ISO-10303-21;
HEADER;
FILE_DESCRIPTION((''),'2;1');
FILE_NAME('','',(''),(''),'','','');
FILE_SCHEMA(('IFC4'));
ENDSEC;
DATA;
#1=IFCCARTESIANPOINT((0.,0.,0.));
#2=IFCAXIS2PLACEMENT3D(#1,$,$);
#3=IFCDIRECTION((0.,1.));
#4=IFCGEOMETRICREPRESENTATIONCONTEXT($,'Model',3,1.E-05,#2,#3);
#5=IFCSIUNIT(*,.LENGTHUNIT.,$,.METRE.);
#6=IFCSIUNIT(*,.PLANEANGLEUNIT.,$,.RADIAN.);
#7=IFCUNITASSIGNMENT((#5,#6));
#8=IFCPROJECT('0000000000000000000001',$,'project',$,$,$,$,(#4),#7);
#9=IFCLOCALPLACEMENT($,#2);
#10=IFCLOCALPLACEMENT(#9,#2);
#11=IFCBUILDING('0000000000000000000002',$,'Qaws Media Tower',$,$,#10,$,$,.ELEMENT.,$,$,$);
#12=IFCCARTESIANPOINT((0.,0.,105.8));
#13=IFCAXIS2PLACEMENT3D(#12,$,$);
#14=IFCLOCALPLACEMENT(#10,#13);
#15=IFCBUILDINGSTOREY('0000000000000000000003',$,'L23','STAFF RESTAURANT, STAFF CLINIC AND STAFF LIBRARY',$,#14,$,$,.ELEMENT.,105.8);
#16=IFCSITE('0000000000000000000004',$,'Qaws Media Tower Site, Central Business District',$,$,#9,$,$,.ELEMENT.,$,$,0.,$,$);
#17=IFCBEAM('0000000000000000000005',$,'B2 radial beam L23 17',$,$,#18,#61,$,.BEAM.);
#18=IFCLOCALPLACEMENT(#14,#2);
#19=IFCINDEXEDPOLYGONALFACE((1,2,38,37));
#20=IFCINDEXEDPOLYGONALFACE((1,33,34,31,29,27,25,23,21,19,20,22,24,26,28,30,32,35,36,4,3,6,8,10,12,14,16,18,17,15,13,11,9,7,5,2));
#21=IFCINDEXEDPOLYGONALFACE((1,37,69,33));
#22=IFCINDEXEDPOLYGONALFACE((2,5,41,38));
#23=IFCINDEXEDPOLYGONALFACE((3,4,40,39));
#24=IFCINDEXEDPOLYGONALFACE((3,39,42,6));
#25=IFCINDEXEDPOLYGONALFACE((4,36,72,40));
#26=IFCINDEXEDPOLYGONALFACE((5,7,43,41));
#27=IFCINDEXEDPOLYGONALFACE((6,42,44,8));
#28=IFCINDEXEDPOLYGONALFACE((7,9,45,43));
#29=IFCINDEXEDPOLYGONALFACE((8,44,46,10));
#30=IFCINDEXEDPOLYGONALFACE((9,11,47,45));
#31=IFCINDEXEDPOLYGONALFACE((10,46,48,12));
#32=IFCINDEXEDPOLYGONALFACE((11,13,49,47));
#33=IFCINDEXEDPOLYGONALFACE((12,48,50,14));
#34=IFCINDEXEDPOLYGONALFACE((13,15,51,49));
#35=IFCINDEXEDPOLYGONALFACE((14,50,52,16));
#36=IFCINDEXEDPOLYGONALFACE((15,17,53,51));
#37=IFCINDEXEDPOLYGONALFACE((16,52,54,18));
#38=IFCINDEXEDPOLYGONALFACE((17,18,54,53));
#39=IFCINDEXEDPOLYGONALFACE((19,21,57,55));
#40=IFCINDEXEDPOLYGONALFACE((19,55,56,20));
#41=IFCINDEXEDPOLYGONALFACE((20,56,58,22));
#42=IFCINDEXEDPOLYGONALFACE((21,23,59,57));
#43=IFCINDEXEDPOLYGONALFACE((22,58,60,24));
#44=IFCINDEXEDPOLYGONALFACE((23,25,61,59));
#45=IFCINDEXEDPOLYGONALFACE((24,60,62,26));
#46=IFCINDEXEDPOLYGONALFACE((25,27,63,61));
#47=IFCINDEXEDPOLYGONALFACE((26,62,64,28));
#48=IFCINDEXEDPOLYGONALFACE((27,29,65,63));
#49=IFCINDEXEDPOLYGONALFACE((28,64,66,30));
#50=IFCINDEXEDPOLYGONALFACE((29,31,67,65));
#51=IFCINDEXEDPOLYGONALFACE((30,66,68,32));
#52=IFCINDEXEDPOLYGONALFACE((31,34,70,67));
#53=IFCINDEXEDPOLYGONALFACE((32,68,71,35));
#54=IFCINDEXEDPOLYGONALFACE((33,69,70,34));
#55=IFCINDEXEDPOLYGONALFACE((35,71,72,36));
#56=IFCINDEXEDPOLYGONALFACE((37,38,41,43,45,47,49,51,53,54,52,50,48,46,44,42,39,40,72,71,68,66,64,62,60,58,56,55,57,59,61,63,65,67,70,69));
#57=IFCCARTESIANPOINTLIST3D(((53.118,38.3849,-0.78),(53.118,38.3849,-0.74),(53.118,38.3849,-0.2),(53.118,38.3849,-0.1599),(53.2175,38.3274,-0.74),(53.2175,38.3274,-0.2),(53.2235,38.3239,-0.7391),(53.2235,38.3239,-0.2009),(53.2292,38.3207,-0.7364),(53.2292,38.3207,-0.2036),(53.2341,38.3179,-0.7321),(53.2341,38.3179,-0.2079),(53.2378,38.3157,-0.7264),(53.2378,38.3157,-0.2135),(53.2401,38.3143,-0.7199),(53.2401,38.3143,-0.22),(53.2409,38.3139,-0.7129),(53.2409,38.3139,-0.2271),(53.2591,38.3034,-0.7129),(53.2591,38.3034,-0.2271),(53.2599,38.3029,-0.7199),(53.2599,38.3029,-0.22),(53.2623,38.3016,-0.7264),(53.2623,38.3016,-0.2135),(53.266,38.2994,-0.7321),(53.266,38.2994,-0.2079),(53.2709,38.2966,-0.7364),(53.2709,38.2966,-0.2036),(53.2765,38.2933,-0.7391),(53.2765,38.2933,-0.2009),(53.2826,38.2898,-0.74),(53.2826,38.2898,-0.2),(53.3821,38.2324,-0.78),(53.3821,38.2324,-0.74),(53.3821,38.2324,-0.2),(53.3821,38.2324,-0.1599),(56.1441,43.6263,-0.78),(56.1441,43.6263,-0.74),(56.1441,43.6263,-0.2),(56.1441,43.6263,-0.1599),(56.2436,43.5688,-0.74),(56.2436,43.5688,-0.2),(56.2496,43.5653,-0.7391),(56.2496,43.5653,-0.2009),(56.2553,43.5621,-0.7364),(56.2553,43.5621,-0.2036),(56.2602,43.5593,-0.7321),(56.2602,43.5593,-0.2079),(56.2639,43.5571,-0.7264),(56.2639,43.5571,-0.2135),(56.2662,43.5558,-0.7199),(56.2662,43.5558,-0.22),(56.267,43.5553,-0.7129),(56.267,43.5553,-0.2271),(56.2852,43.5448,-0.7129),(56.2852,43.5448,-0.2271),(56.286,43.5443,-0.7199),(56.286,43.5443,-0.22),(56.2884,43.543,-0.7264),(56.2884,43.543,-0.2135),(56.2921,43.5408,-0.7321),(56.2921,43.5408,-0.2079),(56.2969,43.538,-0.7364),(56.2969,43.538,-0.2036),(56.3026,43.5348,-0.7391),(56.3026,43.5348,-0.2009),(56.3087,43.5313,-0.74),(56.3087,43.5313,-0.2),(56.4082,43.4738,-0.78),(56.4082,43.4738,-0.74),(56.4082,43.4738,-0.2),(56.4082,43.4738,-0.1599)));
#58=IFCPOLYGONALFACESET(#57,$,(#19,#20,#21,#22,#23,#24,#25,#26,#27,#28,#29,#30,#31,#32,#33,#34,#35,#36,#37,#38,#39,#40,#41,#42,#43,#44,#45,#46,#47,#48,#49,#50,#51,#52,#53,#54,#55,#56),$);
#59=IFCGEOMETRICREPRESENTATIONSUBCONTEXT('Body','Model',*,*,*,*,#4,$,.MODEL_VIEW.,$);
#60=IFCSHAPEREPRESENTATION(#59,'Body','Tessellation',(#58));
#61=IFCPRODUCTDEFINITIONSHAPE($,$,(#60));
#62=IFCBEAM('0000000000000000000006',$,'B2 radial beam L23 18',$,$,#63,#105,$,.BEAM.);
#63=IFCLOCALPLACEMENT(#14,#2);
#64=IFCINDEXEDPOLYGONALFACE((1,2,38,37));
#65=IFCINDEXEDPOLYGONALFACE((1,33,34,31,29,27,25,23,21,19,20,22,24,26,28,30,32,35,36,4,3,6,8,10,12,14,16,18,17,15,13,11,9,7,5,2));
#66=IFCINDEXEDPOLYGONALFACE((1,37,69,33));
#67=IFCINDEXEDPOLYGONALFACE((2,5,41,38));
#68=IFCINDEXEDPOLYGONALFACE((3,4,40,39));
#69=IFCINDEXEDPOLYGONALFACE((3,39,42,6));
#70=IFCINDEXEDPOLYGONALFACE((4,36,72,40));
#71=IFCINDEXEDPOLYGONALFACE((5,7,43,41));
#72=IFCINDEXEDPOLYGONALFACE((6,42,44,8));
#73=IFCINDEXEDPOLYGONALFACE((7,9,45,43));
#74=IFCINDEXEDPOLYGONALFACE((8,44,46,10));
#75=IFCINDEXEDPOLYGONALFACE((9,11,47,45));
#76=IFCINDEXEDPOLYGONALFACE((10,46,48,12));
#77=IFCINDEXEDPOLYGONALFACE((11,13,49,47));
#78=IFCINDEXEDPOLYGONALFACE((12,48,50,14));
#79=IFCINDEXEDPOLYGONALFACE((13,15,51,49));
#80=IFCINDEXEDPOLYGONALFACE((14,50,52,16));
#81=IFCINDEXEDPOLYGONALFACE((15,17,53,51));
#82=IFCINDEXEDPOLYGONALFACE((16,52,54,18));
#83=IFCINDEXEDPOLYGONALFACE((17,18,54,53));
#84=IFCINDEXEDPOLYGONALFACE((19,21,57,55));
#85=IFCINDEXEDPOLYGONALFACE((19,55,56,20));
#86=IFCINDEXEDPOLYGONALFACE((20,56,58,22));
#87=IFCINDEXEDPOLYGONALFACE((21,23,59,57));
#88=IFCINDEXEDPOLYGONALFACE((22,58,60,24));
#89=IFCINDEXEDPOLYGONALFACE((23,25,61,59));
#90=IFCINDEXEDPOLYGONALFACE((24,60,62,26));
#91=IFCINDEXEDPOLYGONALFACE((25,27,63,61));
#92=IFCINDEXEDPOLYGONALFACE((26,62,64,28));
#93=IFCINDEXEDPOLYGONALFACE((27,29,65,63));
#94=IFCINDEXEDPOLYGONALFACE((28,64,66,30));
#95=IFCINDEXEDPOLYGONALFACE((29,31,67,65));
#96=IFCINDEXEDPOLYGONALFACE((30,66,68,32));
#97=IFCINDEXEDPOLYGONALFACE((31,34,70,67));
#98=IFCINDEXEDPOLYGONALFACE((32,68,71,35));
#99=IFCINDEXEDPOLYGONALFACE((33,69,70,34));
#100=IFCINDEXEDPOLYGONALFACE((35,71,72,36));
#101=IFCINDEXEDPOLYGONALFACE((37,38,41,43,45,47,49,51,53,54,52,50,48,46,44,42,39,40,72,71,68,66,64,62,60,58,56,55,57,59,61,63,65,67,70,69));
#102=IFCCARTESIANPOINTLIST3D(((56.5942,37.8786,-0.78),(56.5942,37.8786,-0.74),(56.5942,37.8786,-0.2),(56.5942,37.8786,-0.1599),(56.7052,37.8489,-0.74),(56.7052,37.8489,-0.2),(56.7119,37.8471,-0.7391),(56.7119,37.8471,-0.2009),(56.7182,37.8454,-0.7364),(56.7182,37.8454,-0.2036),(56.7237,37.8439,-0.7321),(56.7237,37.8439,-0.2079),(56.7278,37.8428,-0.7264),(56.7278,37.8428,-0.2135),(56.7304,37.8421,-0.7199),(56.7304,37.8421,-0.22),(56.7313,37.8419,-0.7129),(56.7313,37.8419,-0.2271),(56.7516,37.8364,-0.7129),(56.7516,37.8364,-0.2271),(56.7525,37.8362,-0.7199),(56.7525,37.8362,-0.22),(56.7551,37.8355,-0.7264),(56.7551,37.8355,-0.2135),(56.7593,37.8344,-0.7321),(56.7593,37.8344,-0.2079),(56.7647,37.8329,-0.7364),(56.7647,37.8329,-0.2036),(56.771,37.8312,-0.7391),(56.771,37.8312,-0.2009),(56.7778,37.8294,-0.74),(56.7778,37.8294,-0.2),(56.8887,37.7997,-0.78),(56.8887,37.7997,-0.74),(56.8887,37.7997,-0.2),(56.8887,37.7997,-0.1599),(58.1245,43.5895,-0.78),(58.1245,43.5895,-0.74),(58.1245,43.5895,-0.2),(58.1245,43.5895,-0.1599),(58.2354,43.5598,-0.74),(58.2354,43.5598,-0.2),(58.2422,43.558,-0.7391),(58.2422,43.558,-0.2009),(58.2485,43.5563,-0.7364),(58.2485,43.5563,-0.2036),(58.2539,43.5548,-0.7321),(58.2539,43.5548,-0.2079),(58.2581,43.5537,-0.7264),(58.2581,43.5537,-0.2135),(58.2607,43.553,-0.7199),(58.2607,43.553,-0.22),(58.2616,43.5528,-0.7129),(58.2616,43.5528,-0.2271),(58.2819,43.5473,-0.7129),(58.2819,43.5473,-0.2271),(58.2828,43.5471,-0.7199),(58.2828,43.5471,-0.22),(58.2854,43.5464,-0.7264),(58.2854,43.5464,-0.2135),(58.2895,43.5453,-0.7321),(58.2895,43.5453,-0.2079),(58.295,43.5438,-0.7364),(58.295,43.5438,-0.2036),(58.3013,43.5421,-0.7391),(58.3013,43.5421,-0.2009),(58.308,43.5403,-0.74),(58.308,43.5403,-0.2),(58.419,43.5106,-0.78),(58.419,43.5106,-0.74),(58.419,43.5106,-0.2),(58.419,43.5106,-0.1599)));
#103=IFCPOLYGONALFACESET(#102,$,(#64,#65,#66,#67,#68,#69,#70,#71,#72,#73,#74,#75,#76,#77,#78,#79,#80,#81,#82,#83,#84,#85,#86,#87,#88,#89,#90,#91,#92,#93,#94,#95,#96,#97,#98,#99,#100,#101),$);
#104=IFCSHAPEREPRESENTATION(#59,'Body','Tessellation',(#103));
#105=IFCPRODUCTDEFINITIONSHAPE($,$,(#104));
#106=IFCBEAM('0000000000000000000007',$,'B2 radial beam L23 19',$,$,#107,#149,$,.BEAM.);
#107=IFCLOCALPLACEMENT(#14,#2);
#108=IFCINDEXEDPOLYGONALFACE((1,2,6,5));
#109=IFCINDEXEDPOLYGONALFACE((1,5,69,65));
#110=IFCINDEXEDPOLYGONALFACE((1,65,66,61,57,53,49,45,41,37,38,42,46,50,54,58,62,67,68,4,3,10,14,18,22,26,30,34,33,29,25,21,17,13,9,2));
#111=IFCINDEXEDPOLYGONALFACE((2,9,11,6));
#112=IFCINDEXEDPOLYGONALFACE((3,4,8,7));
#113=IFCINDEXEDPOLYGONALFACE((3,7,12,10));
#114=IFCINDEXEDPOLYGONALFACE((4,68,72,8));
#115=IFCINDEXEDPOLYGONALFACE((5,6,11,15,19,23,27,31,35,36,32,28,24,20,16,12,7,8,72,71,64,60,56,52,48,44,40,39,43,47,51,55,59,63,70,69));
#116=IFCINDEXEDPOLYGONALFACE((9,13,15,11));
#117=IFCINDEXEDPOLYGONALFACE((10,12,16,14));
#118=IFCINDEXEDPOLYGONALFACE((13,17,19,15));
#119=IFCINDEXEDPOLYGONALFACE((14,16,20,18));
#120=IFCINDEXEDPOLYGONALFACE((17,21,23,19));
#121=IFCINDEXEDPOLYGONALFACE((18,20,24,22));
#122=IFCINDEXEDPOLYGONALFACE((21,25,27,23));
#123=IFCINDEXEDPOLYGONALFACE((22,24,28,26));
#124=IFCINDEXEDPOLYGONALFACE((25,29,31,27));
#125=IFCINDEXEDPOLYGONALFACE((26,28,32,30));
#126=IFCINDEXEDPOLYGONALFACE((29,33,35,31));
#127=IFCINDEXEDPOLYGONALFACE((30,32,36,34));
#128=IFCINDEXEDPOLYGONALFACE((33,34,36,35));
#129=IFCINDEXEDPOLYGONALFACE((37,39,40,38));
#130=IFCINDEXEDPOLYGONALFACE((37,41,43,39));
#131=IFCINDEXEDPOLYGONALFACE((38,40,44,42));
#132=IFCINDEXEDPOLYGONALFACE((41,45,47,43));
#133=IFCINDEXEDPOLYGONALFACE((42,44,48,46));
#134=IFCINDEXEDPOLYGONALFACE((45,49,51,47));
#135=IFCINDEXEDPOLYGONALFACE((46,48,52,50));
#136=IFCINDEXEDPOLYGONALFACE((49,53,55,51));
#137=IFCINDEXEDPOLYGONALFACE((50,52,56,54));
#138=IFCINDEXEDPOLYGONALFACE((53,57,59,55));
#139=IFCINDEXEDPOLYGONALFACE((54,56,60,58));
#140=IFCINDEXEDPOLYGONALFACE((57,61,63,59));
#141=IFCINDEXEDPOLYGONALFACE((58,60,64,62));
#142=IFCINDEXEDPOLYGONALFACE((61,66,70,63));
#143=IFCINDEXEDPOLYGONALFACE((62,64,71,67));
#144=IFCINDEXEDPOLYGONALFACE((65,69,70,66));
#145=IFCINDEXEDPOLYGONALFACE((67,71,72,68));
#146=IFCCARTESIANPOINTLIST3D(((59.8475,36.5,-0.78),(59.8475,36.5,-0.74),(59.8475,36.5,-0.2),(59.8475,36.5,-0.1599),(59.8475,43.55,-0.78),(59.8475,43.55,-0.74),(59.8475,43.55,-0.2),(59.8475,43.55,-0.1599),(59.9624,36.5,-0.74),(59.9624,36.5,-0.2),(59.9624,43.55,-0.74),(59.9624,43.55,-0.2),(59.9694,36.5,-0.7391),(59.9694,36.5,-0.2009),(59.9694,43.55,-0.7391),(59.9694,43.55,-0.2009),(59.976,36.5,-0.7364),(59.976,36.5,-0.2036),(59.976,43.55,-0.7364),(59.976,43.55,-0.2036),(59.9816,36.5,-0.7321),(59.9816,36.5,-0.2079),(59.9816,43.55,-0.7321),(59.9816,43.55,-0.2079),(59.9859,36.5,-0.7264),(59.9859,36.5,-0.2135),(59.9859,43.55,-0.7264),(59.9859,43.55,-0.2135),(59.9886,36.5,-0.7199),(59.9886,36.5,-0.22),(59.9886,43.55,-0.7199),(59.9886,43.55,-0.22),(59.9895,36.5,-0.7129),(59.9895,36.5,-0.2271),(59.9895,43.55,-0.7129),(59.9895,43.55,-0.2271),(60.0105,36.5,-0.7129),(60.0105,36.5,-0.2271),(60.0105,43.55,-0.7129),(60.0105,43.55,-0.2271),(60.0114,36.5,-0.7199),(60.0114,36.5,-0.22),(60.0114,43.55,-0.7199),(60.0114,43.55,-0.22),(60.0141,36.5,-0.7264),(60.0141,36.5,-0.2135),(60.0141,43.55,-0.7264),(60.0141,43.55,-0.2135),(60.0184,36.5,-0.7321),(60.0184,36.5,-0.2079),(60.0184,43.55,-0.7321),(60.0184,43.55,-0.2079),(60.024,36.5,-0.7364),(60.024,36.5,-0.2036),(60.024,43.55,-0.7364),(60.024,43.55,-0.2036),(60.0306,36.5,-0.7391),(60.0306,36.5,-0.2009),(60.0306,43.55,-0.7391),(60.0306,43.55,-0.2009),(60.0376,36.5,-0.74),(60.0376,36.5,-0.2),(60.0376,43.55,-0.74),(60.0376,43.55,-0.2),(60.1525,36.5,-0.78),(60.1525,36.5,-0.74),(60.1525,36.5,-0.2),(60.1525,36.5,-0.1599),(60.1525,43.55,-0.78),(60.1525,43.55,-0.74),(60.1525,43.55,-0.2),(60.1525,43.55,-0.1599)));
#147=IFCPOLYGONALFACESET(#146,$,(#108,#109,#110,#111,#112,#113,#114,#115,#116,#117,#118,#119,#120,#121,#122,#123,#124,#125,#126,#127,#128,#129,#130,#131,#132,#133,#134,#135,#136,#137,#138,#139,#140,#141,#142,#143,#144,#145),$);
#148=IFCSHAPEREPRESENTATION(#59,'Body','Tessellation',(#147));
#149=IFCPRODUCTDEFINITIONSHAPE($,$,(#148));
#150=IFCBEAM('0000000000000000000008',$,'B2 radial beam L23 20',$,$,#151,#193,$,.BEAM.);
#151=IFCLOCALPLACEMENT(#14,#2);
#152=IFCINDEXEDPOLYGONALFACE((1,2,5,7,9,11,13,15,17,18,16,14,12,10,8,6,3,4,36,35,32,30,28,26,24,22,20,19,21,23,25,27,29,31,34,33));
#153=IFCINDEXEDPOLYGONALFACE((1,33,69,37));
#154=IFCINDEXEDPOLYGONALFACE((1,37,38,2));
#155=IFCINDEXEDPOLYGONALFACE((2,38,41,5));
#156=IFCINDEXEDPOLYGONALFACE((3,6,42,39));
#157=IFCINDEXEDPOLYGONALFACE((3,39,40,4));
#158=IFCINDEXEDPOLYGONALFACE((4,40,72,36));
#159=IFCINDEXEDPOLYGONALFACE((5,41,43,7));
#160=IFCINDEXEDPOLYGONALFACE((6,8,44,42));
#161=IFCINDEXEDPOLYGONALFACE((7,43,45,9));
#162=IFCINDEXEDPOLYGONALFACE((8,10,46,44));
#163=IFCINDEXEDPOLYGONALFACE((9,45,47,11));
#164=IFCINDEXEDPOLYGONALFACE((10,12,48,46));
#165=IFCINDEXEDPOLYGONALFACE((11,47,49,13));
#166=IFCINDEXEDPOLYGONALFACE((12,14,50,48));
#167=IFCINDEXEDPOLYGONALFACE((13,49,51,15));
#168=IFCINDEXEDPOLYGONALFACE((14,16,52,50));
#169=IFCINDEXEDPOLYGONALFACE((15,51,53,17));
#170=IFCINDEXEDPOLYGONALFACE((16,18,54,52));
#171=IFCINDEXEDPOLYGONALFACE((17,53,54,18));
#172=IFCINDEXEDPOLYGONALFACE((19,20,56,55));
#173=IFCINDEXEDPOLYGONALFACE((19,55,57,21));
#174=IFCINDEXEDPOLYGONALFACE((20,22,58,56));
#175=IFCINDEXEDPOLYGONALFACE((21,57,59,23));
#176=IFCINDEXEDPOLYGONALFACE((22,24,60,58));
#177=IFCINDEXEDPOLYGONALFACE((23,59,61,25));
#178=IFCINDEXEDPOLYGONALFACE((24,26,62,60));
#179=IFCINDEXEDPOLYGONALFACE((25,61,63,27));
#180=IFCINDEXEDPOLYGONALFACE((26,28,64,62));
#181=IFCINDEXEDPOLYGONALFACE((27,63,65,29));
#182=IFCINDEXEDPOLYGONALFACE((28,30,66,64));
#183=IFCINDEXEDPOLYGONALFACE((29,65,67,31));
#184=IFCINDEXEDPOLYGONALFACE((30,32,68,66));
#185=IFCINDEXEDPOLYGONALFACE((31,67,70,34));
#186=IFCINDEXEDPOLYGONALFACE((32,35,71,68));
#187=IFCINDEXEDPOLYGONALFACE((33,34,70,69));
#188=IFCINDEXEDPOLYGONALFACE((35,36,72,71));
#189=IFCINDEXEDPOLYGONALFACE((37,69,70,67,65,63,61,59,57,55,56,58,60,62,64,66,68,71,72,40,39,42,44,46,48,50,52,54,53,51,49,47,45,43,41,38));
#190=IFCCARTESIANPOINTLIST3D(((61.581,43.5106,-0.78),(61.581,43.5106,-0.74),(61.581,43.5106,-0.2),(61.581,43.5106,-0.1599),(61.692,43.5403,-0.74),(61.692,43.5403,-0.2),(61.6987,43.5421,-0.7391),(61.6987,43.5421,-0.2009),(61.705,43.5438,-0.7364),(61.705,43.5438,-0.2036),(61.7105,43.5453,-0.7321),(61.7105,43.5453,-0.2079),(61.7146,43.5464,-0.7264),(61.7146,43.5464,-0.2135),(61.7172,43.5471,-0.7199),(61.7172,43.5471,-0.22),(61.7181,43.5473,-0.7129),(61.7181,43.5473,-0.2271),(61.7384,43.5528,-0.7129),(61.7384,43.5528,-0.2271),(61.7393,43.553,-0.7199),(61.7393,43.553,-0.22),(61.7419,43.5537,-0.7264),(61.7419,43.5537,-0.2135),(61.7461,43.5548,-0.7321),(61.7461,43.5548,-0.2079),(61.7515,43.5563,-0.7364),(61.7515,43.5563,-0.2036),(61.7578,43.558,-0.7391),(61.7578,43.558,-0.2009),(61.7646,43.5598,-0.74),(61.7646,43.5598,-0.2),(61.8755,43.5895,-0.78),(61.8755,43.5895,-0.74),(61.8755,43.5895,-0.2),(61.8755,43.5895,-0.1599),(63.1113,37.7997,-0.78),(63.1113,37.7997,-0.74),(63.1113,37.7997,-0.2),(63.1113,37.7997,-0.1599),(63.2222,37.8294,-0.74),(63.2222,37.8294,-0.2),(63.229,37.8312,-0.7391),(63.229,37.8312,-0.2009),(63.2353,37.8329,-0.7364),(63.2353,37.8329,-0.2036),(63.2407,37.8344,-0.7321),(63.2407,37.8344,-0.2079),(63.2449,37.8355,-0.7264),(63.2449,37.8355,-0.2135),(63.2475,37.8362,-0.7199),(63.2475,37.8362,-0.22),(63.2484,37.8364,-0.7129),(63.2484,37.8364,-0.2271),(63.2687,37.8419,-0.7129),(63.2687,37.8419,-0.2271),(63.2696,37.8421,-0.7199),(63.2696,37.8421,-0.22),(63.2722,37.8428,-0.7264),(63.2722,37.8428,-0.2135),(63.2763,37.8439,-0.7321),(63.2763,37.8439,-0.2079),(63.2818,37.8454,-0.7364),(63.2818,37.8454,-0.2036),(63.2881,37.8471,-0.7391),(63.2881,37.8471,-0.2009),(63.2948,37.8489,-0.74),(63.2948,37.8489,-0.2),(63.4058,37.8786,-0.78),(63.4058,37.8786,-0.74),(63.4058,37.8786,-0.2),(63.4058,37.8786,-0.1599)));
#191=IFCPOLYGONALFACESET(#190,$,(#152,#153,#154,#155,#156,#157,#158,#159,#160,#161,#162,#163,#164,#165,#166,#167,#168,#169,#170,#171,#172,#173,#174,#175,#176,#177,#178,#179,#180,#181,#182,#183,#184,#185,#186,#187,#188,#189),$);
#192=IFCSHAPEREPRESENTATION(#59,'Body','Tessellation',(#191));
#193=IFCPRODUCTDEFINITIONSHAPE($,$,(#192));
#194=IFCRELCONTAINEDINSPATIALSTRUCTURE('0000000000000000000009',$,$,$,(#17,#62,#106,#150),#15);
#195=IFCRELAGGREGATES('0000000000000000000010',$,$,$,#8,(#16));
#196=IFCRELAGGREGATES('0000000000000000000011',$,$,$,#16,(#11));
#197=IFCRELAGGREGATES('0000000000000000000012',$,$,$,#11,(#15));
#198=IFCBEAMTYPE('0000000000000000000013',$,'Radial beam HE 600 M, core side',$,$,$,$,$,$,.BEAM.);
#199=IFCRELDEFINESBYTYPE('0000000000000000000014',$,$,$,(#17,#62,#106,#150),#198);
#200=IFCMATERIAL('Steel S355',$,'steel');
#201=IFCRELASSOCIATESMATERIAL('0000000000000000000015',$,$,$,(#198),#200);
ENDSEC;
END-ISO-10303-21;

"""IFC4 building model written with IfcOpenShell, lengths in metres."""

from ifc_helpers import new_model, si_unit, direction, frame, origin, origin_2d, place, context, subcontext, project, spatial, i_section, extrude, material, material_profile, profile_set, type_object, element, save


model = new_model("IFC4")

# Units and contexts
model_context = context("Model", 3, precision=1e-05, world=origin(), true_north=direction((0.0, 1.0)))
body_context = subcontext(model_context, "Body", "Model", "MODEL_VIEW")
ifc_project = project(units=[si_unit("LENGTHUNIT", "METRE"), si_unit("PLANEANGLEUNIT", "RADIAN")], contexts=[model_context])

# Site, building, storey
site_placement = place(None, origin())
site = spatial("IfcSite", under=ifc_project, at=site_placement, Name="Qaws Media Tower Site, Central Business District", CompositionType="ELEMENT", RefElevation=0.0)
building_placement = place(site_placement, origin())
building = spatial("IfcBuilding", under=site, at=building_placement, Name="Qaws Media Tower", CompositionType="ELEMENT")
storey_placement = place(building_placement, frame((0.0, 0.0, 105.8)))
storey = spatial("IfcBuildingStorey", under=building, at=storey_placement, Name="L23", Description="STAFF RESTAURANT, STAFF CLINIC AND STAFF LIBRARY", CompositionType="ELEMENT", Elevation=105.8)

# Beams
ifc_material_1 = material(Name="Steel S355", Category="steel")
ifc_material_profile_1 = material_profile(ifc_material_1, i_section(OverallWidth=0.3049, OverallDepth=0.6201, WebThickness=0.021, FlangeThickness=0.04, FilletRadius=0.0271, at=origin_2d()), Name="HE 600 M")
ifc_profile_set_1 = profile_set([ifc_material_profile_1], Name="Steel S355")
beam_type_1 = type_object("IfcBeamType", Name="Radial beam HE 600 M, core side", PredefinedType="BEAM", material=ifc_profile_set_1)
beam_1_placement = place(storey_placement, frame((56.2761, 43.55, -0.47), z_axis=(-0.499996, -0.866028, 0.0), x_axis=(0.866028, -0.499996, 0.0)))
element("IfcBeam", 1, at=beam_1_placement, inside=storey, type_object=beam_type_1, Name="B2 radial beam L23 17", PredefinedType="BEAM", context=body_context, shape_type="SweptSolid", body=[
    extrude(i_section(OverallWidth=0.3049, OverallDepth=0.6201, WebThickness=0.021, FlangeThickness=0.04, FilletRadius=0.0271, at=origin_2d()), origin(), (0.0, 0.0, 1.0), 6.0522),
])
beam_2_placement = place(storey_placement, frame((58.2717, 43.55, -0.47), z_axis=(-0.258824, -0.965924, 0.0), x_axis=(0.965924, -0.258824, 0.0)))
element("IfcBeam", 2, at=beam_2_placement, inside=storey, type_object=beam_type_1, Name="B2 radial beam L23 18", PredefinedType="BEAM", context=body_context, shape_type="SweptSolid", body=[
    extrude(i_section(OverallWidth=0.3049, OverallDepth=0.6201, WebThickness=0.021, FlangeThickness=0.04, FilletRadius=0.0271, at=origin_2d()), origin(), (0.0, 0.0, 1.0), 5.9124),
])
beam_3_placement = place(storey_placement, frame((60.0, 43.55, -0.47), z_axis=(0.0, -1.0, 0.0), x_axis=(1.0, 0.0, 0.0)))
element("IfcBeam", 3, at=beam_3_placement, inside=storey, type_object=beam_type_1, Name="B2 radial beam L23 19", PredefinedType="BEAM", context=body_context, shape_type="SweptSolid", body=[
    extrude(i_section(OverallWidth=0.3049, OverallDepth=0.6201, WebThickness=0.021, FlangeThickness=0.04, FilletRadius=0.0271, at=origin_2d()), origin(), (0.0, 0.0, 1.0), 7.05),
])
beam_4_placement = place(storey_placement, frame((61.7283, 43.55, -0.47), z_axis=(0.258824, -0.965924, 0.0), x_axis=(0.965924, 0.258824, 0.0)))
element("IfcBeam", 4, at=beam_4_placement, inside=storey, type_object=beam_type_1, Name="B2 radial beam L23 20", PredefinedType="BEAM", context=body_context, shape_type="SweptSolid", body=[
    extrude(i_section(OverallWidth=0.3049, OverallDepth=0.6201, WebThickness=0.021, FlangeThickness=0.04, FilletRadius=0.0271, at=origin_2d()), origin(), (0.0, 0.0, 1.0), 5.9124),
])

save(model, "model.ifc")
